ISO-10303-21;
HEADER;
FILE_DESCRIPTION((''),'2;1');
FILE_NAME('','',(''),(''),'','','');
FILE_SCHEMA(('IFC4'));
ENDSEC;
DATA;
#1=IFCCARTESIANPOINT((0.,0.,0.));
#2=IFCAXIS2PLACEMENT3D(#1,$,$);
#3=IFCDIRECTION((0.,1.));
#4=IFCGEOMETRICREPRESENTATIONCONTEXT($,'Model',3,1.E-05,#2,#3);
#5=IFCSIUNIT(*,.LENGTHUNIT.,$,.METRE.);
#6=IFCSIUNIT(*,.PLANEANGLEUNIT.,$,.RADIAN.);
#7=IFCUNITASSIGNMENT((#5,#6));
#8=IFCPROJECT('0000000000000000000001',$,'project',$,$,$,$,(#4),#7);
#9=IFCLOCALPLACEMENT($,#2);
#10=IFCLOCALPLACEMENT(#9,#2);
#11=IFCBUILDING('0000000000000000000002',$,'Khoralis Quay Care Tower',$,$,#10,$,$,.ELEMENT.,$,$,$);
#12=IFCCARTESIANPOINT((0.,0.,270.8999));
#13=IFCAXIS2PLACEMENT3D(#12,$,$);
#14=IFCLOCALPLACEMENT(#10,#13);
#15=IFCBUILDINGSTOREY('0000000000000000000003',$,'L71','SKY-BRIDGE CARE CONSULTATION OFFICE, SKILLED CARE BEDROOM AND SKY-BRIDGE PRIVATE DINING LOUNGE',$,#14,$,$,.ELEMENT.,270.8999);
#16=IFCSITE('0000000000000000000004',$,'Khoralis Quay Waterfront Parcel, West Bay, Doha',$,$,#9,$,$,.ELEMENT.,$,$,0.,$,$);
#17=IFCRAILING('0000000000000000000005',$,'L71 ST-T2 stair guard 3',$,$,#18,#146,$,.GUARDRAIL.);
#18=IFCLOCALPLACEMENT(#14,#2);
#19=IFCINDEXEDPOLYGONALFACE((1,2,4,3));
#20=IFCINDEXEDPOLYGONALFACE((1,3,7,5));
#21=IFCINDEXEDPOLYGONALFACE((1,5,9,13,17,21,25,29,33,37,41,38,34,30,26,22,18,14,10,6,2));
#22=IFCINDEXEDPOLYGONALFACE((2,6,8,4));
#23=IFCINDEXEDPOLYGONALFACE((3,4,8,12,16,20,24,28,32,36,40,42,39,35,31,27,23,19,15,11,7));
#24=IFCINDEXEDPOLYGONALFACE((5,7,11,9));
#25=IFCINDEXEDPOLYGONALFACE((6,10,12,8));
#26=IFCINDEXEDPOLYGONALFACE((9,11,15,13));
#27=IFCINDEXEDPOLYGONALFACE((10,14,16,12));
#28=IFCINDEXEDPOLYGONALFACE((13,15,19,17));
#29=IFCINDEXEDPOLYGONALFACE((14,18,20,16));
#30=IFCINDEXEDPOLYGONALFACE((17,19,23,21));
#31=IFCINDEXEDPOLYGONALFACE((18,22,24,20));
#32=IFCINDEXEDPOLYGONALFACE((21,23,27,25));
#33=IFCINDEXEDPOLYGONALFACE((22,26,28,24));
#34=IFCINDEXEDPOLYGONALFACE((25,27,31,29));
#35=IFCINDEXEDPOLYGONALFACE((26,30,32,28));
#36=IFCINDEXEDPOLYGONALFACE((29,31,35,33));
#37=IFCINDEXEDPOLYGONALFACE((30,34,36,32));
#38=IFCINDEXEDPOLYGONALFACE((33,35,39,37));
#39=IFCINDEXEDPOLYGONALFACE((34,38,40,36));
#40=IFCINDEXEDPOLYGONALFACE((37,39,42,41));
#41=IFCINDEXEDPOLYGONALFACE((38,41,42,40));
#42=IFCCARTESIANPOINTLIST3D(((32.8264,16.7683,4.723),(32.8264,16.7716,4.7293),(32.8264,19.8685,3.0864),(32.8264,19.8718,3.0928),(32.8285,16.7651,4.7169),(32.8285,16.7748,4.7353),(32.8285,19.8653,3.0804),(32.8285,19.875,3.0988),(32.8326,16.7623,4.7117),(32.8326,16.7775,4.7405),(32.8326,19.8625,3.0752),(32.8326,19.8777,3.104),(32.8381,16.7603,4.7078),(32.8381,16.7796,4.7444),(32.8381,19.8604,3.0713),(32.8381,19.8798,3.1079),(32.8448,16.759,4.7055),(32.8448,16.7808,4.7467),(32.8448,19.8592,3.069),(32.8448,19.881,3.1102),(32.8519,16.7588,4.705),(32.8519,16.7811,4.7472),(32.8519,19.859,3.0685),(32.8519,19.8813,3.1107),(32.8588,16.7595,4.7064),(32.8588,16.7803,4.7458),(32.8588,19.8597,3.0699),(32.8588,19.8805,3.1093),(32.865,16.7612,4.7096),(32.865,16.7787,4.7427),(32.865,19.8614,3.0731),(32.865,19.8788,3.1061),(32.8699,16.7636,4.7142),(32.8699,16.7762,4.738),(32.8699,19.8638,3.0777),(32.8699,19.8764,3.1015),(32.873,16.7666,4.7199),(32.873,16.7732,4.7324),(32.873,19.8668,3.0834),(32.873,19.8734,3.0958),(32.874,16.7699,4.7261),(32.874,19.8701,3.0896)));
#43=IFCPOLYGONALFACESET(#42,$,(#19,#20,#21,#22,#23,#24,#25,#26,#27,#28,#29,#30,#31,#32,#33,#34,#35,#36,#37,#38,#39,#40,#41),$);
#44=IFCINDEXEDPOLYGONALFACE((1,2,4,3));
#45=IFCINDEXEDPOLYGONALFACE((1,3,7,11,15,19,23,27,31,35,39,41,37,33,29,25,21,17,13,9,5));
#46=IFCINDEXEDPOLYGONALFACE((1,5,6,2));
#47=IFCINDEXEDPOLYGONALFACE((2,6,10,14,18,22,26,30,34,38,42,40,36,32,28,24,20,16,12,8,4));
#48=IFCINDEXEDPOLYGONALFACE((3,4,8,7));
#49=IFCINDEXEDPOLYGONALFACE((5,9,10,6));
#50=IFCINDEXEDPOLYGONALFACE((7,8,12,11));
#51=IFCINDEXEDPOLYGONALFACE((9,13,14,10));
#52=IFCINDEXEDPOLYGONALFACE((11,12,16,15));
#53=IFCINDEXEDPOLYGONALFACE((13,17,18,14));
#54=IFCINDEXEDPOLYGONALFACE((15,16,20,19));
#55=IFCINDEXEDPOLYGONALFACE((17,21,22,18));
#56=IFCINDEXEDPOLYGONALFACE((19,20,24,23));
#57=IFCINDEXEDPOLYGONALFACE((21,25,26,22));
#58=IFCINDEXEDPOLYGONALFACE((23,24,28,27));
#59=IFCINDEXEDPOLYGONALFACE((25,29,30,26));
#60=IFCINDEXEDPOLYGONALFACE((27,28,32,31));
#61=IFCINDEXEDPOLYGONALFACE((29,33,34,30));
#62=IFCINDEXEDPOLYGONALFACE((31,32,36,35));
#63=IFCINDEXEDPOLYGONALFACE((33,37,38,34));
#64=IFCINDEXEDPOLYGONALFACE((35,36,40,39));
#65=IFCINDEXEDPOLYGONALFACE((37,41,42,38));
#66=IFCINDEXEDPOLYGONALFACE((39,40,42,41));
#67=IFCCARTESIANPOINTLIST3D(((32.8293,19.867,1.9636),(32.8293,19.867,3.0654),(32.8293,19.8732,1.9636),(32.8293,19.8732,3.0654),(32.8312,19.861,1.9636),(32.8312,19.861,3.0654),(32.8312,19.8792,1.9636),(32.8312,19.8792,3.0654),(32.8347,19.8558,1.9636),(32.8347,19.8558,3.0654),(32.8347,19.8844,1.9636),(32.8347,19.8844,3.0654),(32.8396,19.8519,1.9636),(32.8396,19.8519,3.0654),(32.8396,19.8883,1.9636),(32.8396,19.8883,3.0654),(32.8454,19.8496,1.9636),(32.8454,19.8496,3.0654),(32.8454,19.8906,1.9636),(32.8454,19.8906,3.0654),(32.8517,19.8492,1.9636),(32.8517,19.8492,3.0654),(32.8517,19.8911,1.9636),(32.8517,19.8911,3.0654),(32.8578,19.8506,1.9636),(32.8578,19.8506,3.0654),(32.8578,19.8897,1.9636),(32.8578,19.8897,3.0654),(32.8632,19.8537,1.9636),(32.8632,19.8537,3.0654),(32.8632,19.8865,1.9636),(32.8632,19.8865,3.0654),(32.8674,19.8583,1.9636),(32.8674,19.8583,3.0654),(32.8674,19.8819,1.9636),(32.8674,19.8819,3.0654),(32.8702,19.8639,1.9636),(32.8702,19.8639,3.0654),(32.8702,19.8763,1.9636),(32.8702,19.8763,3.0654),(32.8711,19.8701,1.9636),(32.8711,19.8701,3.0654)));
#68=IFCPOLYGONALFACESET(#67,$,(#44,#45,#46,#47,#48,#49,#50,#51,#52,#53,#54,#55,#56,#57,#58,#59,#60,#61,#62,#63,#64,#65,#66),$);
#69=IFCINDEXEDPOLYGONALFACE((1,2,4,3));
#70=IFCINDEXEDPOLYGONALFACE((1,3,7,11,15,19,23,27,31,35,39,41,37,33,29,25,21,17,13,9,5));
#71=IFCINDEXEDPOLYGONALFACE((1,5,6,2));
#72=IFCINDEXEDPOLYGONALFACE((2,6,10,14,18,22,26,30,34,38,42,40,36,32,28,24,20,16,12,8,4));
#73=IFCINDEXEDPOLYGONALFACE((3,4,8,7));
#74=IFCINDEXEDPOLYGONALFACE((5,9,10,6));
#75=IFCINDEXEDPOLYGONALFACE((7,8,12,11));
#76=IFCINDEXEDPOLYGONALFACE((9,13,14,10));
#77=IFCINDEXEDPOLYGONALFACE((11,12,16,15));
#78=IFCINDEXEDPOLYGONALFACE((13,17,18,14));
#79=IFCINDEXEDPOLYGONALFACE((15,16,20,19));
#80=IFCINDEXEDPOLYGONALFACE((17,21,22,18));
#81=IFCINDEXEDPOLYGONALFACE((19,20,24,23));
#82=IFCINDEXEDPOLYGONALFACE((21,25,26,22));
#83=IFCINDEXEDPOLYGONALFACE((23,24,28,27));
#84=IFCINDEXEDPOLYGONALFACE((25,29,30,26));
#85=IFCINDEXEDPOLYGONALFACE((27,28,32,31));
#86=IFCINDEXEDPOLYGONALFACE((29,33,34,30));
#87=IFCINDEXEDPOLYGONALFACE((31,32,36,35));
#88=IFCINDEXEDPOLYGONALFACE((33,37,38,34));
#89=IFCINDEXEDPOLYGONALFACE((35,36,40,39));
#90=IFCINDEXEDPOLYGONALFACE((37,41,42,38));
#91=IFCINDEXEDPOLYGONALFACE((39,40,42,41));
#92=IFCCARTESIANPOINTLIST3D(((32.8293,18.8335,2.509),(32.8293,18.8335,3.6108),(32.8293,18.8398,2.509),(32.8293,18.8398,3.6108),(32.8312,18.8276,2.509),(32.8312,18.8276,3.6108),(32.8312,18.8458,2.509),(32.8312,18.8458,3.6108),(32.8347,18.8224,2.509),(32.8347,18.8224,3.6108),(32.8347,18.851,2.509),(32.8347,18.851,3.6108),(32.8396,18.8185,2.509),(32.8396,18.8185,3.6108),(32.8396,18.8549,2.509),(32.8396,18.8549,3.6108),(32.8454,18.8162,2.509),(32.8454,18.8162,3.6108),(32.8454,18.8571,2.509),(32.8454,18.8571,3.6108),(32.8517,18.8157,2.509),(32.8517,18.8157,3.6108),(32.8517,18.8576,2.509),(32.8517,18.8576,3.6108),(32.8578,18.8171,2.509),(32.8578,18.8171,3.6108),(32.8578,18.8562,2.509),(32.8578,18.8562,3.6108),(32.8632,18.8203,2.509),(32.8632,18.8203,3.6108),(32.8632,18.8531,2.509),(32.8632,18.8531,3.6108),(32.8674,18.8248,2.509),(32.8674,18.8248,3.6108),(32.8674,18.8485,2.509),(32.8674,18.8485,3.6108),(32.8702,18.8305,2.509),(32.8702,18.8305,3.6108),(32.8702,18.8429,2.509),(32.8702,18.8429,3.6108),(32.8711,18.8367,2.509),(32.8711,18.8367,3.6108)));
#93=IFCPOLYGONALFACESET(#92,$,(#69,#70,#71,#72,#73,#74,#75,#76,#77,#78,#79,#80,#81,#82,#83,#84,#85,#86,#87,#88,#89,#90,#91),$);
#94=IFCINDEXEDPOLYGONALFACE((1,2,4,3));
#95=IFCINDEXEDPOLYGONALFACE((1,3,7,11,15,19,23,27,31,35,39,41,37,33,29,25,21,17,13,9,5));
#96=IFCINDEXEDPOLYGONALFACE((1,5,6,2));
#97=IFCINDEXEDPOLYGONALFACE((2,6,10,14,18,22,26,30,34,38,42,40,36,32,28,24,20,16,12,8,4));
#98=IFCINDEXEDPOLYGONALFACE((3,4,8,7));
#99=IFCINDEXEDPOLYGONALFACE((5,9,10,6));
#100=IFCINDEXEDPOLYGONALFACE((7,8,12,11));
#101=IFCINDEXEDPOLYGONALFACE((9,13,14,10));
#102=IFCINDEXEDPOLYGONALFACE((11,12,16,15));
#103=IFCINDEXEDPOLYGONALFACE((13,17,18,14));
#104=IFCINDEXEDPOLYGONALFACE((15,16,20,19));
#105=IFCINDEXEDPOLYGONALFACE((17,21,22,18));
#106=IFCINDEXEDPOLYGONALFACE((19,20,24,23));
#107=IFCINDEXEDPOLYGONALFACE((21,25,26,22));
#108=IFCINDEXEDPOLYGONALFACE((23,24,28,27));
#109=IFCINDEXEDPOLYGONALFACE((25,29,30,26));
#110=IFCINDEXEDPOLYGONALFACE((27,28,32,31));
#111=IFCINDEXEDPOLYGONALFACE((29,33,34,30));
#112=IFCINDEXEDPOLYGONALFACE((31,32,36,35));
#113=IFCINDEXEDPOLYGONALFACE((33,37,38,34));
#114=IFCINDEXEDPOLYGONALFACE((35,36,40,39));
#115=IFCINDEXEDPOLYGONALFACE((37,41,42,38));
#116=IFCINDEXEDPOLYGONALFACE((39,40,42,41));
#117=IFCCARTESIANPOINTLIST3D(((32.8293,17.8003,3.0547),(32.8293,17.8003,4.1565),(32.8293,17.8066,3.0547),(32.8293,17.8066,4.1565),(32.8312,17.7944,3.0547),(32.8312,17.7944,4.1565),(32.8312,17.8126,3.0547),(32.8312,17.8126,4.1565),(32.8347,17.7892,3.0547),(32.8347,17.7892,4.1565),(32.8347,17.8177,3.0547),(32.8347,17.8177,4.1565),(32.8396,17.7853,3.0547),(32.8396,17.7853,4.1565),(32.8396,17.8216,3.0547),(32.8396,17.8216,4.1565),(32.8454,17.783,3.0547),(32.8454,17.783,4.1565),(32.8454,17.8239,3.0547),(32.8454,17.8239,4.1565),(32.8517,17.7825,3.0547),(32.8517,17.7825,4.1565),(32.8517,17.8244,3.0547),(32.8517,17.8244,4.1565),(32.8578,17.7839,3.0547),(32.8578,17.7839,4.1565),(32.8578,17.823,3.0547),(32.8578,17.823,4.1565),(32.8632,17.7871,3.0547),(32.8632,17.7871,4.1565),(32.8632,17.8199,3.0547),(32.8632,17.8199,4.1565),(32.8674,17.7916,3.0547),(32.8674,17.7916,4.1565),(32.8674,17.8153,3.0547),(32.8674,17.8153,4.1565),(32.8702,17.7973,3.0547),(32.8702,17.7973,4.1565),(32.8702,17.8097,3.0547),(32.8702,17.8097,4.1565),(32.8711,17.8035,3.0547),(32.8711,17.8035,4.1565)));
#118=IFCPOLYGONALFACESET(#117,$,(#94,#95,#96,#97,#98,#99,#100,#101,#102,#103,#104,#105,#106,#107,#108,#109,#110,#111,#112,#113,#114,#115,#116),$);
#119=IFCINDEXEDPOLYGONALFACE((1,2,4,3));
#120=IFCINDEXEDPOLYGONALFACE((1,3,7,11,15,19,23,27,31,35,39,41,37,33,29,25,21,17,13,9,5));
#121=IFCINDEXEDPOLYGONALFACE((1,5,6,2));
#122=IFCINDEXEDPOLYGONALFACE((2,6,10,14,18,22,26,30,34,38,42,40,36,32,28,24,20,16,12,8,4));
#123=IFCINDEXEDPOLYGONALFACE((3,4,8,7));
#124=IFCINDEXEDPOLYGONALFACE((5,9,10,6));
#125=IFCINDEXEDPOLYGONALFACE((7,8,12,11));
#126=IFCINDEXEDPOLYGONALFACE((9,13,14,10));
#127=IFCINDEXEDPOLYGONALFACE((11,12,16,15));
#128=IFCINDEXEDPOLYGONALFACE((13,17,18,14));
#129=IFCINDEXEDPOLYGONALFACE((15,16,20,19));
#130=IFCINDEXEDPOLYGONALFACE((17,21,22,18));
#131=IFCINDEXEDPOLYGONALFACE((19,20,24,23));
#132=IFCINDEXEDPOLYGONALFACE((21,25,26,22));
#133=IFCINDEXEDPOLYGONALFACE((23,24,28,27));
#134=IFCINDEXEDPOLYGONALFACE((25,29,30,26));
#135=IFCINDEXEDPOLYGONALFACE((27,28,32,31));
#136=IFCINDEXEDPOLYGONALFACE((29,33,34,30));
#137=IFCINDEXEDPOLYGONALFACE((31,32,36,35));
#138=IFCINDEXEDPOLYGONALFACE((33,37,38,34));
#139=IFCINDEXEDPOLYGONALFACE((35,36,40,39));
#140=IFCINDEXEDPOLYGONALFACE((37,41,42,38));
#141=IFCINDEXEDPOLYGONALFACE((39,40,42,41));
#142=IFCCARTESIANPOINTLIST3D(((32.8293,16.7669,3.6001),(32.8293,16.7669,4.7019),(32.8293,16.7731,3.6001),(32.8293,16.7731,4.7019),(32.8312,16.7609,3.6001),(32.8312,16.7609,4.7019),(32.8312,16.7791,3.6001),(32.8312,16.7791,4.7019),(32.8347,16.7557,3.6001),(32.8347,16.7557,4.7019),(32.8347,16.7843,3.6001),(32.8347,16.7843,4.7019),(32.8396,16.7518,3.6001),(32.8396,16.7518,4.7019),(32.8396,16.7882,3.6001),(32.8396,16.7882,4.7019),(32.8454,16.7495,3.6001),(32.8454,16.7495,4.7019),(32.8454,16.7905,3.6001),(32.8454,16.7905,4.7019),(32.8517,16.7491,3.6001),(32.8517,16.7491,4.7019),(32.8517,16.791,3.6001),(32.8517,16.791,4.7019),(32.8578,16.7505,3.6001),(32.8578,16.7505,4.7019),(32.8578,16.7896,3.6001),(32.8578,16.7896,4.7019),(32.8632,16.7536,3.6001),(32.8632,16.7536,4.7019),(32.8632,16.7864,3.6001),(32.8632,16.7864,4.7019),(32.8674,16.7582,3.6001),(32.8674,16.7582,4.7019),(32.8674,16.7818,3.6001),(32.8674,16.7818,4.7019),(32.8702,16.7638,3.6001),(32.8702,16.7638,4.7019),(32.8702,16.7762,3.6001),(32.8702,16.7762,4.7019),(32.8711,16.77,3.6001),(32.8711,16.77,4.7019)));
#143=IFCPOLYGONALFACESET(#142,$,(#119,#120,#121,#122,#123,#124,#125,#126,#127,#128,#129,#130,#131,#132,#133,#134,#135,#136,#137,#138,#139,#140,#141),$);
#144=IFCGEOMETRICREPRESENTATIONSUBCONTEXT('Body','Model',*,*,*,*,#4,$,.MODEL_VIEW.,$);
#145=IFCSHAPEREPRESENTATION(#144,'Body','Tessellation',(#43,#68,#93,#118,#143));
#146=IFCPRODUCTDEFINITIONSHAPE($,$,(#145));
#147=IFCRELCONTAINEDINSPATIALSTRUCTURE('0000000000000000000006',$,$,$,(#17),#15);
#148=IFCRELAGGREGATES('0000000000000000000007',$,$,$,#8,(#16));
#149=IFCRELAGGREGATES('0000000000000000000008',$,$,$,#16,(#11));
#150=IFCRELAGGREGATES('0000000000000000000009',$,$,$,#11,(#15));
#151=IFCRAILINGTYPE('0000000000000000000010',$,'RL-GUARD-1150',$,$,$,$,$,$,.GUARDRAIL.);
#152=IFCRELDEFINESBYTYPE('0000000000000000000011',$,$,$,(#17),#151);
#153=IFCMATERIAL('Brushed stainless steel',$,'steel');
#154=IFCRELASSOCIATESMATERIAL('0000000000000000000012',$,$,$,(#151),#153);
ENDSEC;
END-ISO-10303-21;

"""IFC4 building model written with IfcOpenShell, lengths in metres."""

from ifc_helpers import new_model, si_unit, direction, frame, origin, origin_2d, place, context, subcontext, project, spatial, circle, extrude, material, type_object, element, save


model = new_model("IFC4")

# Units and contexts
model_context = context("Model", 3, precision=1e-05, world=origin(), true_north=direction((0.0, 1.0)))
body_context = subcontext(model_context, "Body", "Model", "MODEL_VIEW")
ifc_project = project(units=[si_unit("LENGTHUNIT", "METRE"), si_unit("PLANEANGLEUNIT", "RADIAN")], contexts=[model_context])

# Site, building, storey
site_placement = place(None, origin())
site = spatial("IfcSite", under=ifc_project, at=site_placement, Name="Khoralis Quay Waterfront Parcel, West Bay, Doha", CompositionType="ELEMENT", RefElevation=0.0)
building_placement = place(site_placement, origin())
building = spatial("IfcBuilding", under=site, at=building_placement, Name="Khoralis Quay Care Tower", CompositionType="ELEMENT")
storey_placement = place(building_placement, frame((0.0, 0.0, 270.8999)))
storey = spatial("IfcBuildingStorey", under=building, at=storey_placement, Name="L71", Description="SKY-BRIDGE CARE CONSULTATION OFFICE, SKILLED CARE BEDROOM AND SKY-BRIDGE PRIVATE DINING LOUNGE", CompositionType="ELEMENT", Elevation=270.8999)

# Railing
ifc_material_1 = material(Name="Brushed stainless steel", Category="steel")
railing_type_1 = type_object("IfcRailingType", Name="RL-GUARD-1150", PredefinedType="GUARDRAIL", material=ifc_material_1)
railing_1_placement = place(storey_placement, frame((32.8501, 19.8701, 1.9636)))
element("IfcRailing", 1, at=railing_1_placement, inside=storey, type_object=railing_type_1, Name="L71 ST-T2 stair guard 3", PredefinedType="GUARDRAIL", context=body_context, shape_type="SweptSolid", body=[
    extrude(circle(Radius=0.0239, at=origin_2d()), frame((0.0, 0.0, 1.126), z_axis=(0.0, -0.884348, 0.466828), x_axis=(1.0, 0.0, 0.0)), (0.0, 0.0, 1.0), 3.5056),
    extrude(circle(Radius=0.021, at=origin_2d()), origin(), (0.0, 0.0, 1.0), 1.1018),
    extrude(circle(Radius=0.021, at=origin_2d()), frame((0.0, -1.0334, 0.5454)), (0.0, 0.0, 1.0), 1.1018),
    extrude(circle(Radius=0.021, at=origin_2d()), frame((0.0, -2.0667, 1.0911)), (0.0, 0.0, 1.0), 1.1018),
    extrude(circle(Radius=0.021, at=origin_2d()), frame((0.0, -3.1001, 1.6365)), (0.0, 0.0, 1.0), 1.1018),
])

save(model, "model.ifc")
